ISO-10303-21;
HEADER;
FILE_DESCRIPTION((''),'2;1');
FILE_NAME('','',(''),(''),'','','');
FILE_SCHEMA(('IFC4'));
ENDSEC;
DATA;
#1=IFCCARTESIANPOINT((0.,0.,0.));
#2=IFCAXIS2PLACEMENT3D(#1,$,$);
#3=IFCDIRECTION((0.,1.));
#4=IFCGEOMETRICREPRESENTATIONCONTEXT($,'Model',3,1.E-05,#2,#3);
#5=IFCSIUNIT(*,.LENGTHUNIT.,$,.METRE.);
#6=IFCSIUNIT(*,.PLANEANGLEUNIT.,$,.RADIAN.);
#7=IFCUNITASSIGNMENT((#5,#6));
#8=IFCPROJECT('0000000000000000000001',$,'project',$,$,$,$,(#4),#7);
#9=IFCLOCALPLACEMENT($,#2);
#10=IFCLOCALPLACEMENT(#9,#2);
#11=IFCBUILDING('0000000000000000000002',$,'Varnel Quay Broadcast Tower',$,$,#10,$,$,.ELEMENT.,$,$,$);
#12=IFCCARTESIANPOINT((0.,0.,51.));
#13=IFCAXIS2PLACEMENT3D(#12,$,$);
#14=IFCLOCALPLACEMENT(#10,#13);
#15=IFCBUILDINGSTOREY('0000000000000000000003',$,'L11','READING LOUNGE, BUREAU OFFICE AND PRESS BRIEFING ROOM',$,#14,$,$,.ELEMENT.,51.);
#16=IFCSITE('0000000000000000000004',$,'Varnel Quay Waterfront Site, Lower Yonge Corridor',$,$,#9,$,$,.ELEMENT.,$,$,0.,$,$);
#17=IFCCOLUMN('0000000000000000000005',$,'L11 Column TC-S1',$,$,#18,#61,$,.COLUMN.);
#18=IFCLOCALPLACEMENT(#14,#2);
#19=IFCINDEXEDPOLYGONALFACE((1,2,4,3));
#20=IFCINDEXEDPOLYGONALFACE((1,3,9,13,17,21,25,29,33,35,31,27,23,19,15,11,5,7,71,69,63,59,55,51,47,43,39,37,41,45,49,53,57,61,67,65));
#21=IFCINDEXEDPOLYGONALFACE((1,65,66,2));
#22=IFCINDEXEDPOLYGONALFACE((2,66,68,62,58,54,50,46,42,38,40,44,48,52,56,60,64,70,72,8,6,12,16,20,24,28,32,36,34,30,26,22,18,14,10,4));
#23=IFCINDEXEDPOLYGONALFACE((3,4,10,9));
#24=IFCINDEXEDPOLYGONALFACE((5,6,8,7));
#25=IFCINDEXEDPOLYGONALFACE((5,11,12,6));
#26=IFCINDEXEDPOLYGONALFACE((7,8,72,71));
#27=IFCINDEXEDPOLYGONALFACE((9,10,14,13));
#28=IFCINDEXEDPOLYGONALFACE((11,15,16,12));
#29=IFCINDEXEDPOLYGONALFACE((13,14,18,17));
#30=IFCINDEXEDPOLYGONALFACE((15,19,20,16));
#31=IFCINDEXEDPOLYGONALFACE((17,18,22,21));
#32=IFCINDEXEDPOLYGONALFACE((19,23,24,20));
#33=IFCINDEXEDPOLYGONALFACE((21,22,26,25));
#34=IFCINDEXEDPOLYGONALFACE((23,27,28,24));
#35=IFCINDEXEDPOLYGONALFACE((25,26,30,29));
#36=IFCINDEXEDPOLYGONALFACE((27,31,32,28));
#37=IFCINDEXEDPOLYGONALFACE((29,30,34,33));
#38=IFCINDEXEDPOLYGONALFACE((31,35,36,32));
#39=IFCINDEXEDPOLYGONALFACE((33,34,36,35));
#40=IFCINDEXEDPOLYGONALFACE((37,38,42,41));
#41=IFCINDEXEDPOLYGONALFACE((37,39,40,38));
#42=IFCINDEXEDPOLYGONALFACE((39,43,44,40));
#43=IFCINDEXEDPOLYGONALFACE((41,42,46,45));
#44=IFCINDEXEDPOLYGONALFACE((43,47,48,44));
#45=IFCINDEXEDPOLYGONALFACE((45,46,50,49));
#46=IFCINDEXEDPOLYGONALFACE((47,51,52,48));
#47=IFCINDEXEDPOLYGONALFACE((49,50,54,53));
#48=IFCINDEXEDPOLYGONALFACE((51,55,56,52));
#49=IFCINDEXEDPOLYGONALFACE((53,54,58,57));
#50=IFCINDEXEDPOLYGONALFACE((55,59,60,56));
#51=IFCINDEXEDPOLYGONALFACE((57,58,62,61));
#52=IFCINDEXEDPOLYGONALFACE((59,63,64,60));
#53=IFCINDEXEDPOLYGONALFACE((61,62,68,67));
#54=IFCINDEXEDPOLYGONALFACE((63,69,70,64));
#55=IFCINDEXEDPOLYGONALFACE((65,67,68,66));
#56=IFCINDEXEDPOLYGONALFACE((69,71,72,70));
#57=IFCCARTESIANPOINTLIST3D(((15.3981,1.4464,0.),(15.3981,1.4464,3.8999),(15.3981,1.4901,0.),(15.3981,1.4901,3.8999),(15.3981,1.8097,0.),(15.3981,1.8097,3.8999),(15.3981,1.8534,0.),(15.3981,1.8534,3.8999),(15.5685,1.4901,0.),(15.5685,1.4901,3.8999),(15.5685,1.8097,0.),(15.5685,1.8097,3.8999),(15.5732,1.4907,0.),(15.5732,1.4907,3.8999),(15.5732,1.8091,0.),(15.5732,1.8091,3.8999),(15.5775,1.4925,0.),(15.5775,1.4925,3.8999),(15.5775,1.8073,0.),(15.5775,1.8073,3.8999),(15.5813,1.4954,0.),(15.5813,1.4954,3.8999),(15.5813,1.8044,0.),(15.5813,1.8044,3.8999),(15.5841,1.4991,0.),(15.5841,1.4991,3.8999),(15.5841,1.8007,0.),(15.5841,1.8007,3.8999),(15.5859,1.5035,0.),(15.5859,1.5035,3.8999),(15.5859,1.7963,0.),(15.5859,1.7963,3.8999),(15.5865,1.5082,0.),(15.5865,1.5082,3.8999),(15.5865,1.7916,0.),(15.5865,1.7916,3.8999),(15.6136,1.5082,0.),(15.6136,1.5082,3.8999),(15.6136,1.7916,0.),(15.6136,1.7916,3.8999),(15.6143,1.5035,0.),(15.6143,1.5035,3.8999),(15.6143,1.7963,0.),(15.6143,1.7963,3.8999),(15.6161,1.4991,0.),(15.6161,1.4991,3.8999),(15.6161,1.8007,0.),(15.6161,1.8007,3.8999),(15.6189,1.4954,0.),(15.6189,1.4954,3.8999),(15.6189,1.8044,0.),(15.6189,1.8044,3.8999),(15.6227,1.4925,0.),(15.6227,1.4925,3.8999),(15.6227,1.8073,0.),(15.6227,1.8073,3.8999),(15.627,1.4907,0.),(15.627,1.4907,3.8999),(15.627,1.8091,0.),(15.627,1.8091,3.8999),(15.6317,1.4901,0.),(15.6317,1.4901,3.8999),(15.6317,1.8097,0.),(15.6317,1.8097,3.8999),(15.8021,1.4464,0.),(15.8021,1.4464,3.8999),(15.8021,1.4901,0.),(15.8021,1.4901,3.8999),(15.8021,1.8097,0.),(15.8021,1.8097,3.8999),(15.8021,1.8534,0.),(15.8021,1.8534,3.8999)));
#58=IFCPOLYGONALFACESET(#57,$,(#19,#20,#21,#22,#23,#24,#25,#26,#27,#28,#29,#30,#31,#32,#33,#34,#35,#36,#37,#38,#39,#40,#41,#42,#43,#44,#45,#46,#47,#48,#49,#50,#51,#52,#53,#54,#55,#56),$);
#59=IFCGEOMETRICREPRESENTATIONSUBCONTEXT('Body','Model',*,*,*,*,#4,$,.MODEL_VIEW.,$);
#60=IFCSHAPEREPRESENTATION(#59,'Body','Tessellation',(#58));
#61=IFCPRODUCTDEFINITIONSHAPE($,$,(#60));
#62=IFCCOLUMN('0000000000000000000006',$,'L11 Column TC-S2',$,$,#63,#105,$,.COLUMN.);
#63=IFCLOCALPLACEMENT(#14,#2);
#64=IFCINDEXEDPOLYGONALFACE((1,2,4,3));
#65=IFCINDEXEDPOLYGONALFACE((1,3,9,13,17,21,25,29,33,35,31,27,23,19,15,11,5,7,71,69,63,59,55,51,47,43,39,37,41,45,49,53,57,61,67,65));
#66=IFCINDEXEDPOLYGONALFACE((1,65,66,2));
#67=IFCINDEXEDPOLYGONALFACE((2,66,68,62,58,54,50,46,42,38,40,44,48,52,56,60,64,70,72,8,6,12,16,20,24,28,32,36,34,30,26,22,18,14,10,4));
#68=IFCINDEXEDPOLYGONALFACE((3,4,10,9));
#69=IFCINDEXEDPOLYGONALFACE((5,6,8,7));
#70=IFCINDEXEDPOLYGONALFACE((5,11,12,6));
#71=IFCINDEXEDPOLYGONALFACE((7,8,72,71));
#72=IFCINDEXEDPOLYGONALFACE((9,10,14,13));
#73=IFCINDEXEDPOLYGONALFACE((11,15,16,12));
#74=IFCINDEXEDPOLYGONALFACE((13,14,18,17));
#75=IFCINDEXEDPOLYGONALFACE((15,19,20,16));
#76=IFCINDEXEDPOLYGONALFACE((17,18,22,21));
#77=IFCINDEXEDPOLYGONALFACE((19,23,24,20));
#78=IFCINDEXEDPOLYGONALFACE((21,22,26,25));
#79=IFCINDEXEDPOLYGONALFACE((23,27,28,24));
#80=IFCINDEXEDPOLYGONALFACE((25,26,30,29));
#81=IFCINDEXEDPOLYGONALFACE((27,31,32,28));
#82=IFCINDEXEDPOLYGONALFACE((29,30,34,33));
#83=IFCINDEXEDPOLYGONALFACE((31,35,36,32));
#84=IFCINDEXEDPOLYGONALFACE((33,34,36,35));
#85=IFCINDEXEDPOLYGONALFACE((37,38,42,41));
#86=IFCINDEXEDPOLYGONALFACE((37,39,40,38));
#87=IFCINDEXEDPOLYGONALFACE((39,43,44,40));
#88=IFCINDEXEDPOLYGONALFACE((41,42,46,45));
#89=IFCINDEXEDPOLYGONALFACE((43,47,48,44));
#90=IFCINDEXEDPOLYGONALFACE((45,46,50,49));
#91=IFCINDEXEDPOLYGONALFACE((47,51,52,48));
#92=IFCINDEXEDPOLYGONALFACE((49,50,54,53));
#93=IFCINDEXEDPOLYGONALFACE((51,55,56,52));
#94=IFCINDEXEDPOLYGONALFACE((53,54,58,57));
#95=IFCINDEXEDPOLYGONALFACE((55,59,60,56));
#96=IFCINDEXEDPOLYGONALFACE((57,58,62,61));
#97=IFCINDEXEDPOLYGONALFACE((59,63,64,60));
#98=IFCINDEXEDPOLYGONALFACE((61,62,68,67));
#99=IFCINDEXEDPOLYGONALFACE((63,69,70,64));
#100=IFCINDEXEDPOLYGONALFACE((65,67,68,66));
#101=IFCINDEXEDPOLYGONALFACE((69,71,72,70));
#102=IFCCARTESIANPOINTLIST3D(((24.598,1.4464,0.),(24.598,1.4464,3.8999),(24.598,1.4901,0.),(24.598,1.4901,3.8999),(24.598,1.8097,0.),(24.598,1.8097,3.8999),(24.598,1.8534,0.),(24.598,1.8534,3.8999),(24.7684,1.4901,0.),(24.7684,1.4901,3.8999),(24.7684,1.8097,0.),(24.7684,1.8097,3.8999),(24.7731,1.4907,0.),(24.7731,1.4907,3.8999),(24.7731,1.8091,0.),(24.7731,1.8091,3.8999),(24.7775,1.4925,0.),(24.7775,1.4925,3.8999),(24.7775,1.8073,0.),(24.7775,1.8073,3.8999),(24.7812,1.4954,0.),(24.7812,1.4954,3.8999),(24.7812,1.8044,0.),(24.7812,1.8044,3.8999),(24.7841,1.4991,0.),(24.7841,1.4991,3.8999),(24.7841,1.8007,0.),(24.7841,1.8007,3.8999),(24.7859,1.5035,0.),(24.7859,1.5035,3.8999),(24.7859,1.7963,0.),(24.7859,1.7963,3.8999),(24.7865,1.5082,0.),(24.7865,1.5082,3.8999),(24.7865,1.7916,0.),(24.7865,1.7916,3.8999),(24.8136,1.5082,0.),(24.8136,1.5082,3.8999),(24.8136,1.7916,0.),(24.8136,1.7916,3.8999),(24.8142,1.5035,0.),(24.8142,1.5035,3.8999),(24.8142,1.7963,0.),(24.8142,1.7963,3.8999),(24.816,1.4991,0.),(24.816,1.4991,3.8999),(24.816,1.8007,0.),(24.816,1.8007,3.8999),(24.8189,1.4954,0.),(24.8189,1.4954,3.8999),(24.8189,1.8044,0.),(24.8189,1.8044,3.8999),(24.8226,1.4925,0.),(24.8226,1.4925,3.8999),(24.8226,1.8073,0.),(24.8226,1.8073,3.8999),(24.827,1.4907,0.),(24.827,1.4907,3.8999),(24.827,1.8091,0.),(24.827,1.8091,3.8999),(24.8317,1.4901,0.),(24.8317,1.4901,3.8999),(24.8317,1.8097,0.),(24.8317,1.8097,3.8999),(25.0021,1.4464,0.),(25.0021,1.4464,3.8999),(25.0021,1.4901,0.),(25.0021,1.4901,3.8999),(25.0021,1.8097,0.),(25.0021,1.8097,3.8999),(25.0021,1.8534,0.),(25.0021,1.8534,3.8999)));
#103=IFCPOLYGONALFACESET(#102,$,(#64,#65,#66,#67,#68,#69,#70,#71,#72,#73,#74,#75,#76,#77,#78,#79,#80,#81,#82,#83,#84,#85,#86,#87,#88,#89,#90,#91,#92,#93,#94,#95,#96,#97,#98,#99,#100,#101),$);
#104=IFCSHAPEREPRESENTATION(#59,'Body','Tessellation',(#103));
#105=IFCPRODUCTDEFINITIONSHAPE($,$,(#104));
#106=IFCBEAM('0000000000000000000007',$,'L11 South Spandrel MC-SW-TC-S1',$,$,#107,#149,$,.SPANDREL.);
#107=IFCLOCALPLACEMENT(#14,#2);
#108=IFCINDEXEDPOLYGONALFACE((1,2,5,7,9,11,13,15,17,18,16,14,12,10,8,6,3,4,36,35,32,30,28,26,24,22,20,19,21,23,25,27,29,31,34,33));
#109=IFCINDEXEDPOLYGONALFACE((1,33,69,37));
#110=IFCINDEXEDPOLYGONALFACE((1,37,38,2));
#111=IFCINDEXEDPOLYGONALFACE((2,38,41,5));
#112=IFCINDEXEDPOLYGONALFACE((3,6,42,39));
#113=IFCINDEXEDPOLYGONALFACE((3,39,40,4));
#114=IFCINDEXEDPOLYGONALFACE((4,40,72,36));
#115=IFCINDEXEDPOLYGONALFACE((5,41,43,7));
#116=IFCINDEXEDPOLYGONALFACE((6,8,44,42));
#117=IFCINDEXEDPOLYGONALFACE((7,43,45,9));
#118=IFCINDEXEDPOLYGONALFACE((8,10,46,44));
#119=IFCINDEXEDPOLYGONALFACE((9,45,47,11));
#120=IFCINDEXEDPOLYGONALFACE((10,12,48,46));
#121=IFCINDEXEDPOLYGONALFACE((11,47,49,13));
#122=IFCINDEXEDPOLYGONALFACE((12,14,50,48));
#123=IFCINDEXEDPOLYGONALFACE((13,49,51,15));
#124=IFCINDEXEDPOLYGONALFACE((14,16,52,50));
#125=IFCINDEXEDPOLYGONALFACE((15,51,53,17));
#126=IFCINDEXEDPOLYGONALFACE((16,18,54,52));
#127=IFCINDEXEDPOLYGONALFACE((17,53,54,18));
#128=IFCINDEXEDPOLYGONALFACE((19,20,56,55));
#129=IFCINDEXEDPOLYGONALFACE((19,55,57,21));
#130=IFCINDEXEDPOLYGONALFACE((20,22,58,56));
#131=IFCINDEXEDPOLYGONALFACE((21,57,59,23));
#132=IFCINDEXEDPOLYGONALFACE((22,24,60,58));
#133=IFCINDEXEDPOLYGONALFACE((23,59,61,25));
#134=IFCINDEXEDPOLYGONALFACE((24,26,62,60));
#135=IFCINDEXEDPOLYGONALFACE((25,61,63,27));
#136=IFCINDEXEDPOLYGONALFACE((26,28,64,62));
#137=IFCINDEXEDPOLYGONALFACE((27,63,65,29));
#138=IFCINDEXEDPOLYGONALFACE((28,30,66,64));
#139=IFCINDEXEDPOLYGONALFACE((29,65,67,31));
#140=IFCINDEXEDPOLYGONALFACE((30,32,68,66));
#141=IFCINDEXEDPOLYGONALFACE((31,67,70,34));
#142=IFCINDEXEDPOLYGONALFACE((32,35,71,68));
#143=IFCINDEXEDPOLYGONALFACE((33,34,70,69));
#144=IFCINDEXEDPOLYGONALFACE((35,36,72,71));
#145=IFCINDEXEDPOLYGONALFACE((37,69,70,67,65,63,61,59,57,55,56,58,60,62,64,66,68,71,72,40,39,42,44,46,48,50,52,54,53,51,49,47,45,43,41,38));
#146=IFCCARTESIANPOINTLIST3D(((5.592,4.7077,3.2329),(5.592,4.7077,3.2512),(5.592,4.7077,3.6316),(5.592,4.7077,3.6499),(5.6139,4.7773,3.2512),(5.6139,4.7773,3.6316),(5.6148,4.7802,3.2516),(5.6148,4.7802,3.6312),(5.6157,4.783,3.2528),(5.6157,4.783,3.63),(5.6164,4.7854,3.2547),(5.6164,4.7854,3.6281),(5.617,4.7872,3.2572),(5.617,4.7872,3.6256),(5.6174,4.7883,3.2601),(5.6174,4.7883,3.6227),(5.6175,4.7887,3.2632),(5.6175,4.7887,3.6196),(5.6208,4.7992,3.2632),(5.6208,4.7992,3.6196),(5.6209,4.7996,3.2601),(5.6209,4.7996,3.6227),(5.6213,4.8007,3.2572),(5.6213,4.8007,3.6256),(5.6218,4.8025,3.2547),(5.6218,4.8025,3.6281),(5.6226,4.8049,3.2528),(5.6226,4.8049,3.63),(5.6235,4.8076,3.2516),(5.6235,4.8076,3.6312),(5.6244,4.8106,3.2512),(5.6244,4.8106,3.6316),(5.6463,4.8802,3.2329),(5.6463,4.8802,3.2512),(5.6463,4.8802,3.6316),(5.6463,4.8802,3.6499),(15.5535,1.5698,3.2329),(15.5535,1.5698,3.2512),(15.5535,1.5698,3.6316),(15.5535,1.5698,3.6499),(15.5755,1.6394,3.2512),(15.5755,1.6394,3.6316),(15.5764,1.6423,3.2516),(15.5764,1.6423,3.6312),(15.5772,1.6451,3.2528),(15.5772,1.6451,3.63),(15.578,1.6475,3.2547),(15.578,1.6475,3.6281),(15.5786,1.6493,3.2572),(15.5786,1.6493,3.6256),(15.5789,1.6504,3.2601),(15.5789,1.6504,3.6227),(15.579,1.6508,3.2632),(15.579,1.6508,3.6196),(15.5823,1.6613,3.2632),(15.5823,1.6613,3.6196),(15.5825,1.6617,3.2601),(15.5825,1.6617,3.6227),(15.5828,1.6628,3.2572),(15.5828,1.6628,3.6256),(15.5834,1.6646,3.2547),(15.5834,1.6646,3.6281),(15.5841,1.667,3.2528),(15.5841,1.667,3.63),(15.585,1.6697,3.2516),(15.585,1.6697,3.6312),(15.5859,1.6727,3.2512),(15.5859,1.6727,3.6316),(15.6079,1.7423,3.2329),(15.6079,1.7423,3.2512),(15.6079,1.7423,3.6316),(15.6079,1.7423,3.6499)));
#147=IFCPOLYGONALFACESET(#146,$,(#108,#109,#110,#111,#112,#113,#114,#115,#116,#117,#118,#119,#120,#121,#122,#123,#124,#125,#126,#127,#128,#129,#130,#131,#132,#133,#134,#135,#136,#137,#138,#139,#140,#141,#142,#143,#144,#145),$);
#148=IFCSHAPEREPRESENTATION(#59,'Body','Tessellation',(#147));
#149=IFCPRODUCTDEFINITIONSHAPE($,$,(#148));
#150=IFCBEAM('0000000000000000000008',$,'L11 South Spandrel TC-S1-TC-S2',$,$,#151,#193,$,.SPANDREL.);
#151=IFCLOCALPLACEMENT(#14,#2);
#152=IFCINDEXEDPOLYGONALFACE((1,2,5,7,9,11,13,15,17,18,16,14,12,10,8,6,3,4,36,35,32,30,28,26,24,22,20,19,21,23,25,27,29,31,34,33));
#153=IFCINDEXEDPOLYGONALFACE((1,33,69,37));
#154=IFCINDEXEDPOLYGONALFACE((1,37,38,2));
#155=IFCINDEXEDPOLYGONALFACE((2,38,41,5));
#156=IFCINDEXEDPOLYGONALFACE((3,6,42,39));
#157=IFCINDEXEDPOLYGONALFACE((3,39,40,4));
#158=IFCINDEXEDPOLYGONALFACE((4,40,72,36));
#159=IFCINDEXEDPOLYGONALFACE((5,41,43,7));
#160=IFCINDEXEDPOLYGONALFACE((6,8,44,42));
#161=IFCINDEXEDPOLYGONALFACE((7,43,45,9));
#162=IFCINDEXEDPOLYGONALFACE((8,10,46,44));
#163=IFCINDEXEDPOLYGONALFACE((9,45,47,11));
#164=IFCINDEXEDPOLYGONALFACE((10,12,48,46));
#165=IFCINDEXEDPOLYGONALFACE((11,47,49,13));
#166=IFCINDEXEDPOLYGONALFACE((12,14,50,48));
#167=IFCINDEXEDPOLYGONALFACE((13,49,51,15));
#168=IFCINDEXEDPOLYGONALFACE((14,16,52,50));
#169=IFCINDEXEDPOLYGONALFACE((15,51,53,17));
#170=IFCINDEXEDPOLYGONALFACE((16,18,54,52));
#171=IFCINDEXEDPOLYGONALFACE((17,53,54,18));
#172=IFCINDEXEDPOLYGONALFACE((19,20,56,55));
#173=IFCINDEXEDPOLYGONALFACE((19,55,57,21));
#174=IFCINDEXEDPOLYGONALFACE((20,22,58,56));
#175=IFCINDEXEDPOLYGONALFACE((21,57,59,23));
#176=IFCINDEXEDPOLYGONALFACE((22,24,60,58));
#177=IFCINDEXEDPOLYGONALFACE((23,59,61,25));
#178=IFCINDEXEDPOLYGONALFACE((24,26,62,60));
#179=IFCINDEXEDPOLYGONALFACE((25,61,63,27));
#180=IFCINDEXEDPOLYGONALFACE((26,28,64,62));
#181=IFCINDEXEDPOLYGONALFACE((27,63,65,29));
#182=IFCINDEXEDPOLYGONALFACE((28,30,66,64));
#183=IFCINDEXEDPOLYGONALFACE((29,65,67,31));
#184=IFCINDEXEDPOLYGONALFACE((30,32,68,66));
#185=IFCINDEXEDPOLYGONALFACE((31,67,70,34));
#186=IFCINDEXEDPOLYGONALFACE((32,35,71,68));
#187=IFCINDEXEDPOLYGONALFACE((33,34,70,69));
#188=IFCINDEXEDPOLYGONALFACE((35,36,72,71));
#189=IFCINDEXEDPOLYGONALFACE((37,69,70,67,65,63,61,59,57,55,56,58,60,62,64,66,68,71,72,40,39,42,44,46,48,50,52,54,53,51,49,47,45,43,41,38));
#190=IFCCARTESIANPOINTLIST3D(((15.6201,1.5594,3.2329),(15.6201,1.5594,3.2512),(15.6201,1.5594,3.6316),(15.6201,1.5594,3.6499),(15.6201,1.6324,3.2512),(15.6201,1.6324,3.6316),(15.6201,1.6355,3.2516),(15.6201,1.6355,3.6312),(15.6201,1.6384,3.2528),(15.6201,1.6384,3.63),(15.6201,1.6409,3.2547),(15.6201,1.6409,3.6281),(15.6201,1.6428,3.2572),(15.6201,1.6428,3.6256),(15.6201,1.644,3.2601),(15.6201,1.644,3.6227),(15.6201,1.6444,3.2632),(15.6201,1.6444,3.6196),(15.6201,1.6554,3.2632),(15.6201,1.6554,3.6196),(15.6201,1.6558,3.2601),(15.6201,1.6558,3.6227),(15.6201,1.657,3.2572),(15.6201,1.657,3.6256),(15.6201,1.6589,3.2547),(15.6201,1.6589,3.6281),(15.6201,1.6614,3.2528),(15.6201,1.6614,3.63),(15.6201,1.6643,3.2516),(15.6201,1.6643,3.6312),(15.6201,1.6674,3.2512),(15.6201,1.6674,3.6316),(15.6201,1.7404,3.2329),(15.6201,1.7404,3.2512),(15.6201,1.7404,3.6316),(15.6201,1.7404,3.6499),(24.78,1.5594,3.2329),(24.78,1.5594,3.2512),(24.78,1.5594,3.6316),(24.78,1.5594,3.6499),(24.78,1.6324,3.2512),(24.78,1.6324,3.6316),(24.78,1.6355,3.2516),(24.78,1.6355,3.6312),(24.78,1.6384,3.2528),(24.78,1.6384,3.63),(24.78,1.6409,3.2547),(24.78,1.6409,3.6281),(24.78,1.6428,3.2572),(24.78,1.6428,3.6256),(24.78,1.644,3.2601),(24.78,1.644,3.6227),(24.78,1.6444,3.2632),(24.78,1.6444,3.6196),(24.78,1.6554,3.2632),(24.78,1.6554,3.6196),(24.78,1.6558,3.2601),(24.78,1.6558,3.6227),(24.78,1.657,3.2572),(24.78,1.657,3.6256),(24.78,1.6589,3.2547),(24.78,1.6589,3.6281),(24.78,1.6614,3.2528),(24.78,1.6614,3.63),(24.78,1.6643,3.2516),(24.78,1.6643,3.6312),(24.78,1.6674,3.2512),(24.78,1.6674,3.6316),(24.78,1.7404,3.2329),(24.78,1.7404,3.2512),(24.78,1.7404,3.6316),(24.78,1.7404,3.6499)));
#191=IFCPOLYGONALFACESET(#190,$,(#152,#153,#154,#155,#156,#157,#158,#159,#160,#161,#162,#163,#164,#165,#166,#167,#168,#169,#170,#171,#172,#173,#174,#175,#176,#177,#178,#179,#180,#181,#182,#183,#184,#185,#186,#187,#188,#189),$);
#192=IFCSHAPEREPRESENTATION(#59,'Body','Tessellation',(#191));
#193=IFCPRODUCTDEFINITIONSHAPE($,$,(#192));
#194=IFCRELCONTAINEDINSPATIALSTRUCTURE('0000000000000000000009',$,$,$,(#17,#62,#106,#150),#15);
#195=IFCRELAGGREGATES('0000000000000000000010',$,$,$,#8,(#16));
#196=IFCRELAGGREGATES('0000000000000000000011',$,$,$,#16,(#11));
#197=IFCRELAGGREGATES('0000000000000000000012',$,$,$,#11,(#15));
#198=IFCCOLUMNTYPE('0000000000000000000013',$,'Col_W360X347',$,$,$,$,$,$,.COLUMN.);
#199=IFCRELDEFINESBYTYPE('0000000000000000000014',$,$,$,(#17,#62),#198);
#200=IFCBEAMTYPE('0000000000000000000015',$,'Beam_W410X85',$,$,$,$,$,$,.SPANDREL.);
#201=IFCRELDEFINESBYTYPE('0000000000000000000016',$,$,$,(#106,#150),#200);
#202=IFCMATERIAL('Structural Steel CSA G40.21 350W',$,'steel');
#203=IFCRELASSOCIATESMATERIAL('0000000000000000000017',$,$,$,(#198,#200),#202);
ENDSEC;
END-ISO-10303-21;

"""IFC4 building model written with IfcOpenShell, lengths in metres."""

from ifc_helpers import new_model, si_unit, direction, frame, origin, origin_2d, place, context, subcontext, project, spatial, i_section, extrude, source, transform, mapped, material, material_profile, profile_set, type_object, type_shapes, element, save


model = new_model("IFC4")

# Units and contexts
model_context = context("Model", 3, precision=1e-05, world=origin(), true_north=direction((0.0, 1.0)))
body_context = subcontext(model_context, "Body", "Model", "MODEL_VIEW")
ifc_project = project(units=[si_unit("LENGTHUNIT", "METRE"), si_unit("PLANEANGLEUNIT", "RADIAN")], contexts=[model_context])

# Site, building, storey
site_placement = place(None, origin())
site = spatial("IfcSite", under=ifc_project, at=site_placement, Name="Varnel Quay Waterfront Site, Lower Yonge Corridor", CompositionType="ELEMENT", RefElevation=0.0)
building_placement = place(site_placement, origin())
building = spatial("IfcBuilding", under=site, at=building_placement, Name="Varnel Quay Broadcast Tower", CompositionType="ELEMENT")
storey_placement = place(building_placement, frame((0.0, 0.0, 51.0)))
storey = spatial("IfcBuildingStorey", under=building, at=storey_placement, Name="L11", Description="READING LOUNGE, BUREAU OFFICE AND PRESS BRIEFING ROOM", CompositionType="ELEMENT", Elevation=51.0)

# Columns
ifc_material_1 = material(Name="Structural Steel CSA G40.21 350W", Category="steel")
ifc_material_profile_1 = material_profile(ifc_material_1, i_section(OverallWidth=0.4041, OverallDepth=0.407, WebThickness=0.0271, FlangeThickness=0.0437, FilletRadius=0.0181, at=origin_2d()), Name="W360X347")
ifc_profile_set_1 = profile_set([ifc_material_profile_1], Name="Structural Steel CSA G40.21 350W")
column_type = type_object("IfcColumnType", Name="Col_W360X347", PredefinedType="COLUMN", material=ifc_profile_set_1)
shared_shape_1 = source(origin(), body_context, "Body", "SweptSolid", [
    extrude(i_section(OverallWidth=0.4041, OverallDepth=0.407, WebThickness=0.0271, FlangeThickness=0.0437, FilletRadius=0.0181, at=origin_2d()), origin(), (0.0, 0.0, 1.0), 3.8999),
])
type_shapes(column_type, [shared_shape_1])
for number, where, z_axis, x_axis, name in (
    (1, (15.6001, 1.6499, 0.0), (0.0, 0.0, 1.0), (1.0, 0.0, 0.0), "L11 Column TC-S1"),
    (2, (24.8, 1.6499, 0.0), (0.0, 0.0, 1.0), (1.0, 0.0, 0.0), "L11 Column TC-S2"),
):
    element("IfcColumn", number, at=place(storey_placement, frame(where, z_axis=z_axis, x_axis=x_axis)), inside=storey, type_object=column_type, Name=name, PredefinedType="COLUMN", context=body_context, shape_type="MappedRepresentation", body=[
        mapped(shared_shape_1, transform((0.0, 0.0, 0.0), x_axis=(1.0, 0.0, 0.0), y_axis=(0.0, 1.0, 0.0), z_axis=(0.0, 0.0, 1.0), scale=1.0)),
    ])

# Beams
ifc_material_profile_2 = material_profile(ifc_material_1, i_section(OverallWidth=0.1809, OverallDepth=0.417, WebThickness=0.011, FlangeThickness=0.0183, FilletRadius=0.012, at=origin_2d()), Name="W410X85")
ifc_profile_set_2 = profile_set([ifc_material_profile_2], Name="Structural Steel CSA G40.21 350W")
beam_type_1 = type_object("IfcBeamType", Name="Beam_W410X85", PredefinedType="SPANDREL", material=ifc_profile_set_2)
shared_shape_2 = source(origin(), body_context, "Body", "SweptSolid", [
    extrude(i_section(OverallWidth=0.1809, OverallDepth=0.417, WebThickness=0.011, FlangeThickness=0.0183, FilletRadius=0.012, at=origin_2d()), origin(), (0.0, 0.0, 1.0), 10.4441),
])
beam_1_placement = place(storey_placement, frame((5.6191, 4.7939, 3.4414), z_axis=(0.953798, -0.300448, 0.0), x_axis=(0.300448, 0.953798, 0.0)))
element("IfcBeam", 3, at=beam_1_placement, inside=storey, type_object=beam_type_1, Name="L11 South Spandrel MC-SW-TC-S1", PredefinedType="SPANDREL", context=body_context, shape_type="MappedRepresentation", body=[
    mapped(shared_shape_2, transform((0.0, 0.0, 0.0), x_axis=(1.0, 0.0, 0.0), y_axis=(0.0, 1.0, 0.0), z_axis=(0.0, 0.0, 1.0), scale=1.0)),
])
shared_shape_3 = source(origin(), body_context, "Body", "SweptSolid", [
    extrude(i_section(OverallWidth=0.1809, OverallDepth=0.417, WebThickness=0.011, FlangeThickness=0.0183, FilletRadius=0.012, at=origin_2d()), origin(), (0.0, 0.0, 1.0), 9.1599),
])
type_shapes(beam_type_1, [shared_shape_2, shared_shape_3])
for number, where, z_axis, x_axis, name in (
    (4, (15.6201, 1.6499, 3.4414), (1.0, 0.0, 0.0), (0.0, 1.0, 0.0), "L11 South Spandrel TC-S1-TC-S2"),
):
    element("IfcBeam", number, at=place(storey_placement, frame(where, z_axis=z_axis, x_axis=x_axis)), inside=storey, type_object=beam_type_1, Name=name, PredefinedType="SPANDREL", context=body_context, shape_type="MappedRepresentation", body=[
        mapped(shared_shape_3, transform((0.0, 0.0, 0.0), x_axis=(1.0, 0.0, 0.0), y_axis=(0.0, 1.0, 0.0), z_axis=(0.0, 0.0, 1.0), scale=1.0)),
    ])

save(model, "model.ifc")
